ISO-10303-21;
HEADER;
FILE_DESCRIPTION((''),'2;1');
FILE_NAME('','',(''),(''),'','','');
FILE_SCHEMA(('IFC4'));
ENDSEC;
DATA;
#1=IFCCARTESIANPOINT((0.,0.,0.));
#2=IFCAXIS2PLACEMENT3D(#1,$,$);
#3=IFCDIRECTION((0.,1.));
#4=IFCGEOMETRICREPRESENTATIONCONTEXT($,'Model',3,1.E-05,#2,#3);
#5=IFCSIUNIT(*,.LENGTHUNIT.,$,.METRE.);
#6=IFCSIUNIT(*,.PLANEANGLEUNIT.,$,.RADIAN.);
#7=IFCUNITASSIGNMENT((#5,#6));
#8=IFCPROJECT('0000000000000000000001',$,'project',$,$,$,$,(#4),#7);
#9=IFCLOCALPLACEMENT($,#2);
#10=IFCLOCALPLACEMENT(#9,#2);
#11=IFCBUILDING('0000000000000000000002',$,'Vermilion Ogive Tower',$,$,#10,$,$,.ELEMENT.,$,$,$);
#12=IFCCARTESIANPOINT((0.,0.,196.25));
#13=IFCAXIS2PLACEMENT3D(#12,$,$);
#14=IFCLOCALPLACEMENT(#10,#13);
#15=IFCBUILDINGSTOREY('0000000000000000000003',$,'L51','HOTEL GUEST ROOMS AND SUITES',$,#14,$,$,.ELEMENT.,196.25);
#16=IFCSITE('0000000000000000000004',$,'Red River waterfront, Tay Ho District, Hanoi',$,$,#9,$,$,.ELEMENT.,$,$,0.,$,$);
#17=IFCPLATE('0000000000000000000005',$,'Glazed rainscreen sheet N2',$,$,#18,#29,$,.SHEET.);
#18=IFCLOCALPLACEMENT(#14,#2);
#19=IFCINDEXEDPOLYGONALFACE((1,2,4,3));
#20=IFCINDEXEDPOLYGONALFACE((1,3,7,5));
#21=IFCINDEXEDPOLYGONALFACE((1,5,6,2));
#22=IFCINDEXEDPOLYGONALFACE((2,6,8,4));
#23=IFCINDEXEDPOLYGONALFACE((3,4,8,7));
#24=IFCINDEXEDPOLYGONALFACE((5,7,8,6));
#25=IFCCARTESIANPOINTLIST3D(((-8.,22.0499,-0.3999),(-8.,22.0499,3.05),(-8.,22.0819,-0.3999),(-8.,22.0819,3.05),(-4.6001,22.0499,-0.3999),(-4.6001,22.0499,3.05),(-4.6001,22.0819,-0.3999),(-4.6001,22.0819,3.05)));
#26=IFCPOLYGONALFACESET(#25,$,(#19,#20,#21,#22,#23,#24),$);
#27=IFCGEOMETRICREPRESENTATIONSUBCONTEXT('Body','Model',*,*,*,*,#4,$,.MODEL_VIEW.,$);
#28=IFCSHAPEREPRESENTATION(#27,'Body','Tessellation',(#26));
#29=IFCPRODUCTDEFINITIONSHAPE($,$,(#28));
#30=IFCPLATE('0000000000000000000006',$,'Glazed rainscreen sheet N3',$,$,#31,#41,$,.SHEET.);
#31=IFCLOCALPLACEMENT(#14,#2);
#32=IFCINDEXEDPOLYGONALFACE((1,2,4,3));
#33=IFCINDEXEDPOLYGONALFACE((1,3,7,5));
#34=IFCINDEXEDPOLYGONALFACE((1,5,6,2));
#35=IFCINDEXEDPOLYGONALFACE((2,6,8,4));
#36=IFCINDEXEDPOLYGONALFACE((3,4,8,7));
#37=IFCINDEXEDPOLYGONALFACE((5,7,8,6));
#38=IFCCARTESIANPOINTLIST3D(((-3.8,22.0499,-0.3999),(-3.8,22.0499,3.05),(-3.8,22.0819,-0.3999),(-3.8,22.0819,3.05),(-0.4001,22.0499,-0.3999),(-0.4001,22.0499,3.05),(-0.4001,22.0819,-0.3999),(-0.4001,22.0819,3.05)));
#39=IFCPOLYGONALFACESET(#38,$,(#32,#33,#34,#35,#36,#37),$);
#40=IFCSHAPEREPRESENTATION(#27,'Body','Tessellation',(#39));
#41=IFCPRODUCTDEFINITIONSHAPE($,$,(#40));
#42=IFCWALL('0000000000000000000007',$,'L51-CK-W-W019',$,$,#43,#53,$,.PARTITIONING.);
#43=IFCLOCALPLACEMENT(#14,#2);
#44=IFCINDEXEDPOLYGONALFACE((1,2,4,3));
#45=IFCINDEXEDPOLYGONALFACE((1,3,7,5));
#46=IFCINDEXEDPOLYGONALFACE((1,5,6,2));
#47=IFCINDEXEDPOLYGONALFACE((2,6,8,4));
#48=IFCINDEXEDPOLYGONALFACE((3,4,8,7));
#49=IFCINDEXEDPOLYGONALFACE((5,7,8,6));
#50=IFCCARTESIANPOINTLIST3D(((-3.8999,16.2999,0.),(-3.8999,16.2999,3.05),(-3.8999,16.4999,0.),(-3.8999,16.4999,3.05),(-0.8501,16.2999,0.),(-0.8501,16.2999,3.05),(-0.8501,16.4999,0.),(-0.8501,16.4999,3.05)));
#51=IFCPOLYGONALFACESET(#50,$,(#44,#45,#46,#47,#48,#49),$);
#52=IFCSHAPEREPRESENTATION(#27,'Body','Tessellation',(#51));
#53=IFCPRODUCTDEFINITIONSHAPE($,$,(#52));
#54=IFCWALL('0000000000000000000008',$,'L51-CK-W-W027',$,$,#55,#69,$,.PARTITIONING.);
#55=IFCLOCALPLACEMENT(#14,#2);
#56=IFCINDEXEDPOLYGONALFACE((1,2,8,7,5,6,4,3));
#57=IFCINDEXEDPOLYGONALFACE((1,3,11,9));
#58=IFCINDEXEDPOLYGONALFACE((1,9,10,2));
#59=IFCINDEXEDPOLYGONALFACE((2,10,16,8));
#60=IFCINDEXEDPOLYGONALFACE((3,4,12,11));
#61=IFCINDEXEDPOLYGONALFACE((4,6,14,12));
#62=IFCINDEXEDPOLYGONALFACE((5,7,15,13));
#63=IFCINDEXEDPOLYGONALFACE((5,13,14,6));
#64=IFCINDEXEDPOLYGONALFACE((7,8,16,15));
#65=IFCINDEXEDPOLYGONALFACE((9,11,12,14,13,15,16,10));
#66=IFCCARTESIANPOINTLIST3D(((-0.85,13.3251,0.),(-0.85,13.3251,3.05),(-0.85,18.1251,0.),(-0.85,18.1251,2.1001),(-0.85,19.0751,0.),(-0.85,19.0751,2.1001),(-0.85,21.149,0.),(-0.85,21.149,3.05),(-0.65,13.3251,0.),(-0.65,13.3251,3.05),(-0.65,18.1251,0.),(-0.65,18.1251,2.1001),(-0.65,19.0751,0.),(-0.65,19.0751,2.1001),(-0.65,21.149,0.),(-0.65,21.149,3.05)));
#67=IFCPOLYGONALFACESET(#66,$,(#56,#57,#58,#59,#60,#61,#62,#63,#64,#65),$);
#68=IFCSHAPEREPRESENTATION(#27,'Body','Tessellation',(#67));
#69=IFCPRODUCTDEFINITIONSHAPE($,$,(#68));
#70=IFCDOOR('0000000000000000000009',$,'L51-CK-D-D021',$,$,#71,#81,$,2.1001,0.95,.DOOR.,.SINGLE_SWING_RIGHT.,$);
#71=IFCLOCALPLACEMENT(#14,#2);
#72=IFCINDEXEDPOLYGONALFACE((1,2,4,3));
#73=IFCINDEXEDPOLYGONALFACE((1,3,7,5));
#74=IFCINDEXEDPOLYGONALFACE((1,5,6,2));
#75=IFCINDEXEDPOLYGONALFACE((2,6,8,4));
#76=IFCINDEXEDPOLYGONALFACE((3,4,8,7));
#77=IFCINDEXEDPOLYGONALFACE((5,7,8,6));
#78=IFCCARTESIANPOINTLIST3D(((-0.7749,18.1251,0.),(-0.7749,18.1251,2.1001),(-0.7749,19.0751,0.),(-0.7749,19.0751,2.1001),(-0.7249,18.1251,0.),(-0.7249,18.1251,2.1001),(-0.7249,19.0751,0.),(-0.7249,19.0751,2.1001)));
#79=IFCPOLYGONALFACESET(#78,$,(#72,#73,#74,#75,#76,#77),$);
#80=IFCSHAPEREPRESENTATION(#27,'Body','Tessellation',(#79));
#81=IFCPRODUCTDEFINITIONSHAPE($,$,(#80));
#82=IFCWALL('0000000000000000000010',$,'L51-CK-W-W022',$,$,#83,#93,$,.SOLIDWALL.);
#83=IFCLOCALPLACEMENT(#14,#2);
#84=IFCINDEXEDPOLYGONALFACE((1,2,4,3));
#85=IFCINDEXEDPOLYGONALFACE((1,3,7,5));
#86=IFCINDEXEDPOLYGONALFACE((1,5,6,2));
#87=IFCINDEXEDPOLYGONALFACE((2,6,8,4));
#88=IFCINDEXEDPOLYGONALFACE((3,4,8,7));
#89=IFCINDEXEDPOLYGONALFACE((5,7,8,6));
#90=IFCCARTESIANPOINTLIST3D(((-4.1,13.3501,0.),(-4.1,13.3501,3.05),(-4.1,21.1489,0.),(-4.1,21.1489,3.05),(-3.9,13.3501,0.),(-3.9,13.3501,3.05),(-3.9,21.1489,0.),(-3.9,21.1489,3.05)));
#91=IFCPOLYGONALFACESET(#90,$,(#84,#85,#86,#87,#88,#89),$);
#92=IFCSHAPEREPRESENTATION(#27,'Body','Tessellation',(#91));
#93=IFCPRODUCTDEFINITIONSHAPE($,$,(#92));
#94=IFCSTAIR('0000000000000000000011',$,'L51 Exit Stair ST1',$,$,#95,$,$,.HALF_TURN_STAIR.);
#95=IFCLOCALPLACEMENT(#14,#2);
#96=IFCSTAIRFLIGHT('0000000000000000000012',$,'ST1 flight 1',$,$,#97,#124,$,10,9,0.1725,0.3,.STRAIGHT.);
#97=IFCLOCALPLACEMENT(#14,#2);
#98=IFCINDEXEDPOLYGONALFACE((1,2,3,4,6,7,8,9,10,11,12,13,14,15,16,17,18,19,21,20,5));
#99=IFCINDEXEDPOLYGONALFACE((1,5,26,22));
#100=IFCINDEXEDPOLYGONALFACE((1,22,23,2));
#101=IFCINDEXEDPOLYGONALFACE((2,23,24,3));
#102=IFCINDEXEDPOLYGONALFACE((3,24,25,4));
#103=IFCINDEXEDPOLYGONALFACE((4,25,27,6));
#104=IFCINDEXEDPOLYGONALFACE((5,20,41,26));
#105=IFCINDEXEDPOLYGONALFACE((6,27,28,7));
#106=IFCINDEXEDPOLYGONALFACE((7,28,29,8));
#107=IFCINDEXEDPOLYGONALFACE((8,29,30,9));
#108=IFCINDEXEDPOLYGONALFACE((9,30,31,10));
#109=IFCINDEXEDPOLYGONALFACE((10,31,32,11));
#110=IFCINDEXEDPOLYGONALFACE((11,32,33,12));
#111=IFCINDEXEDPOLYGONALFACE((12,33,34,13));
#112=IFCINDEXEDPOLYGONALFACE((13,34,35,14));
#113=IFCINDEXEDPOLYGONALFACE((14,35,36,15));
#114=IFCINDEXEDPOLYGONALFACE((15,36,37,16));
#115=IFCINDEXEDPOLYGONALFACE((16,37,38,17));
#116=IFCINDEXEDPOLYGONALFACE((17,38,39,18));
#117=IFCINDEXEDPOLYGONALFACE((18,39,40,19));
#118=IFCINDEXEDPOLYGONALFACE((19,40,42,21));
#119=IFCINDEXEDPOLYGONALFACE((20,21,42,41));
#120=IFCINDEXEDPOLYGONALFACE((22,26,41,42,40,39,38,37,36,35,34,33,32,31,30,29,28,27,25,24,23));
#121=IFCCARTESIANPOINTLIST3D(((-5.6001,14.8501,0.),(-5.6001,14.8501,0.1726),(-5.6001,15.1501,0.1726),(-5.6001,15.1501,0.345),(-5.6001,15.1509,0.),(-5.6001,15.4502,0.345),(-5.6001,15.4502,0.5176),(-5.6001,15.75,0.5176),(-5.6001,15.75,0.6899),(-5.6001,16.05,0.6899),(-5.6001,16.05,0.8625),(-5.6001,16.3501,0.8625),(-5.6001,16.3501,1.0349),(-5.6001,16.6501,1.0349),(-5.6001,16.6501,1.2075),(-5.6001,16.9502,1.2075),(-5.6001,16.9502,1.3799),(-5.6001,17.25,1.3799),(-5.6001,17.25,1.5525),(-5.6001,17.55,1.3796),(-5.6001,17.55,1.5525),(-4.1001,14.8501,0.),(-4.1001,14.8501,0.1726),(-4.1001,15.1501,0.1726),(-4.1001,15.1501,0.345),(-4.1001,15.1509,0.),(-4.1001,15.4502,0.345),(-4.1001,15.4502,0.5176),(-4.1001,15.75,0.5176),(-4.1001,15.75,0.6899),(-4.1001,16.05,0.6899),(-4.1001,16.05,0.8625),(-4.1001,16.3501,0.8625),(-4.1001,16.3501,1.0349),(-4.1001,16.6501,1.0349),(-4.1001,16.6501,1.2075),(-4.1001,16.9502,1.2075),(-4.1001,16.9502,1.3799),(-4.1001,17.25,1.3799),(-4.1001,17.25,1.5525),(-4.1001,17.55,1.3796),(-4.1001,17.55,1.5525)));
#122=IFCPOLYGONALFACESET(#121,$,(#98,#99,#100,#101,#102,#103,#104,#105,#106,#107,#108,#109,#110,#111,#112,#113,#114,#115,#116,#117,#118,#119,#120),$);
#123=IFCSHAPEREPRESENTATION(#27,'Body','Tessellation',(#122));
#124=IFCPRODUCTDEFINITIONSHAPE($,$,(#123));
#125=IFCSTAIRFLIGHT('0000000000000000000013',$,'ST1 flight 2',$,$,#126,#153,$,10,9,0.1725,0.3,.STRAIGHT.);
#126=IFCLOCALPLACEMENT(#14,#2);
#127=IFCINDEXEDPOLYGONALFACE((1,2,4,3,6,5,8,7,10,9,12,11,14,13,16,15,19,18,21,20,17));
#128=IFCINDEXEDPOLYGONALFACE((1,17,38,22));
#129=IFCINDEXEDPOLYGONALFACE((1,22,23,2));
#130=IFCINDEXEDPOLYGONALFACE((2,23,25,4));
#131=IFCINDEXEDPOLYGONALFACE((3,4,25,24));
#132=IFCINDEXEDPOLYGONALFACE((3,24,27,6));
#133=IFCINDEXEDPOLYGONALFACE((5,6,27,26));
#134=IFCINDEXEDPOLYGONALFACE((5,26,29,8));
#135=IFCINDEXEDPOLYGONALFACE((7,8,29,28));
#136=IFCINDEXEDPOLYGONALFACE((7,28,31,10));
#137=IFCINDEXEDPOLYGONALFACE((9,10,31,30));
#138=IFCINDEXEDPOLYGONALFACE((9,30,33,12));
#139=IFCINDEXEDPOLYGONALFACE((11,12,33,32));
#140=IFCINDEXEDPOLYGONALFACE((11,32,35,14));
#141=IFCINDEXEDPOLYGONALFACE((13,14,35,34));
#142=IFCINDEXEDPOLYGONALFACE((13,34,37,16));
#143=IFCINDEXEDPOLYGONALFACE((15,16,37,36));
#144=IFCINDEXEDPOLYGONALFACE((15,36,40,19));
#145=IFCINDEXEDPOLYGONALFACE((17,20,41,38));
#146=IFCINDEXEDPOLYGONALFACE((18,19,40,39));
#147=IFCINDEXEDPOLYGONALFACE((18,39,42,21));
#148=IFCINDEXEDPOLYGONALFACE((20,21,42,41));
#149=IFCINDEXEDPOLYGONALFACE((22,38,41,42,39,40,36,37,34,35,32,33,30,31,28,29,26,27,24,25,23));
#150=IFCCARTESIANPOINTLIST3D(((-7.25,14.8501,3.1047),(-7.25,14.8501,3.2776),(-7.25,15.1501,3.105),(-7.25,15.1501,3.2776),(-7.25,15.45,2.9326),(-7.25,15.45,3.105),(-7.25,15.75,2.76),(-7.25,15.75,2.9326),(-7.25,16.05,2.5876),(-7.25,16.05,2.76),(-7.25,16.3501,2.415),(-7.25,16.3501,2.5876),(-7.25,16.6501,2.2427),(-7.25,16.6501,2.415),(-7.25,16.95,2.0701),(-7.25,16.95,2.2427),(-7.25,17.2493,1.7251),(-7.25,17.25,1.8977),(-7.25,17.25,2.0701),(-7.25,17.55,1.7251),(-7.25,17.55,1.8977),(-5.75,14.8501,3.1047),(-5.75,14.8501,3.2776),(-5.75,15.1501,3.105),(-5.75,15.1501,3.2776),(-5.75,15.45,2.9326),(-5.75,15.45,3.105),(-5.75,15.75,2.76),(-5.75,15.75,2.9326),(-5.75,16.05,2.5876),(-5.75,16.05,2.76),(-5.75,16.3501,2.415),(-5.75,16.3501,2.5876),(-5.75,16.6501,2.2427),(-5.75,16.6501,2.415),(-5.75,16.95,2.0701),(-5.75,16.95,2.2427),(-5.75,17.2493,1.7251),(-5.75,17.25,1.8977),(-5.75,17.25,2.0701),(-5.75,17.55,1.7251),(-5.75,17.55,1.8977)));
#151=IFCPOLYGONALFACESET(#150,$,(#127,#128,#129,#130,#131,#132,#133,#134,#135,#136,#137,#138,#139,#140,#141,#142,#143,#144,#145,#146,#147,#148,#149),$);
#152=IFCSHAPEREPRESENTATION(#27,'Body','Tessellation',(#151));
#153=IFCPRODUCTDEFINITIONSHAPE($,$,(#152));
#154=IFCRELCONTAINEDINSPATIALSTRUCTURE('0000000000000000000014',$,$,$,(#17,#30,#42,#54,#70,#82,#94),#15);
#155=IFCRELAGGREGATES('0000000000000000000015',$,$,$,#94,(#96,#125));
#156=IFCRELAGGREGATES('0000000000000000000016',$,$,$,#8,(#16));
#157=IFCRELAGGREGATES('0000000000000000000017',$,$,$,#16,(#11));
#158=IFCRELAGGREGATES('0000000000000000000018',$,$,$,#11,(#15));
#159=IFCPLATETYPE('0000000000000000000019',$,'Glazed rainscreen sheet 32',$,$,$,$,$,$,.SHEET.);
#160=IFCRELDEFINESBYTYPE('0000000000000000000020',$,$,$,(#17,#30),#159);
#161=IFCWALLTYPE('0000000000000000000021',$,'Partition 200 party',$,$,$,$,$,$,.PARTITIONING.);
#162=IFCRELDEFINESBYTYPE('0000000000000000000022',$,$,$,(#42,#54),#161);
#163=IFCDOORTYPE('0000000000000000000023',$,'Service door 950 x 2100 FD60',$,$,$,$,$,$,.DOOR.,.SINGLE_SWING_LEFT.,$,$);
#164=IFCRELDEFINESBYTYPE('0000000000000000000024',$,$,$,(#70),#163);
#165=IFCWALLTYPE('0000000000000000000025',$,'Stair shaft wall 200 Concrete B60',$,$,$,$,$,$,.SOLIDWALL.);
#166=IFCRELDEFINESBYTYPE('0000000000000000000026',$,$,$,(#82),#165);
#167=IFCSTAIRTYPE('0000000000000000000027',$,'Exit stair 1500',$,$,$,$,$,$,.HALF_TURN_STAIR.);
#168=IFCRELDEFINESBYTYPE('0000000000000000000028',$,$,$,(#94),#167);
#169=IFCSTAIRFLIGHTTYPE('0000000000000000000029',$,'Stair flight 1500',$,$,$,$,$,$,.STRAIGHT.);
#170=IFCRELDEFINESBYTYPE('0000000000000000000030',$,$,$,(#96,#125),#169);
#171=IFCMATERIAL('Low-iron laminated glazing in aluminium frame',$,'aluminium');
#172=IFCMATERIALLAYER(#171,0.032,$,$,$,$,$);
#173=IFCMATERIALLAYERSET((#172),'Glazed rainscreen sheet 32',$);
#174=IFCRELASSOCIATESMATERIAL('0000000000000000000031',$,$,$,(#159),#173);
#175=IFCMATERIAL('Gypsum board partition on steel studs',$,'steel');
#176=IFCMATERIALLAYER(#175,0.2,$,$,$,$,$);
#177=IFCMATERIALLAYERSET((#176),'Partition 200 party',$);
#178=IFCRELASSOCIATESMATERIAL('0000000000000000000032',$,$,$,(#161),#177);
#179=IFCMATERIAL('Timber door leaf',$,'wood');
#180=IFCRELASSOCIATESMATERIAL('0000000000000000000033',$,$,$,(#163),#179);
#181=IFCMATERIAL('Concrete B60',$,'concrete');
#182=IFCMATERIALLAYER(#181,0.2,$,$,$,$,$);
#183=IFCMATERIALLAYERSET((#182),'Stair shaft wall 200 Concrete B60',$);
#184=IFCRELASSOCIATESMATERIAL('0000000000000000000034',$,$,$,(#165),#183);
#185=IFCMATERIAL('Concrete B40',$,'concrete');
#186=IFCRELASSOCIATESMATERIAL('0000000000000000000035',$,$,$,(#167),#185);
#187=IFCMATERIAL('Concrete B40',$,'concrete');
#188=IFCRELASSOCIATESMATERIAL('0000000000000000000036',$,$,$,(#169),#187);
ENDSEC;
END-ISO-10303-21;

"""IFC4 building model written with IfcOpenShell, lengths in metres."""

from ifc_helpers import new_model, si_unit, direction, frame, frame_2d, origin, origin_2d, place, context, subcontext, project, spatial, polyline, rectangle, outline, extrude, material, layer, layer_set, type_object, element, fill, aggregate, save


model = new_model("IFC4")

# Units and contexts
model_context = context("Model", 3, precision=1e-05, world=origin(), true_north=direction((0.0, 1.0)))
body_context = subcontext(model_context, "Body", "Model", "MODEL_VIEW")
ifc_project = project(units=[si_unit("LENGTHUNIT", "METRE"), si_unit("PLANEANGLEUNIT", "RADIAN")], contexts=[model_context])

# Site, building, storey
site_placement = place(None, origin())
site = spatial("IfcSite", under=ifc_project, at=site_placement, Name="Red River waterfront, Tay Ho District, Hanoi", CompositionType="ELEMENT", RefElevation=0.0)
building_placement = place(site_placement, origin())
building = spatial("IfcBuilding", under=site, at=building_placement, Name="Vermilion Ogive Tower", CompositionType="ELEMENT")
storey_placement = place(building_placement, frame((0.0, 0.0, 196.25)))
storey = spatial("IfcBuildingStorey", under=building, at=storey_placement, Name="L51", Description="HOTEL GUEST ROOMS AND SUITES", CompositionType="ELEMENT", Elevation=196.25)

# Plates
ifc_material_1 = material(Name="Low-iron laminated glazing in aluminium frame", Category="aluminium")
ifc_layer_1 = layer(ifc_material_1, 0.032)
ifc_layer_set_1 = layer_set([ifc_layer_1], Name="Glazed rainscreen sheet 32")
plate_type = type_object("IfcPlateType", Name="Glazed rainscreen sheet 32", PredefinedType="SHEET", material=ifc_layer_set_1)
for number, where, z_axis, x_axis, name in (
    (1, (-6.3, 22.0659, -0.3999), (0.0, 0.0, 1.0), (1.0, 0.0, 0.0), "Glazed rainscreen sheet N2"),
    (2, (-2.1001, 22.0659, -0.3999), (0.0, 0.0, 1.0), (1.0, 0.0, 0.0), "Glazed rainscreen sheet N3"),
):
    element("IfcPlate", number, at=place(storey_placement, frame(where, z_axis=z_axis, x_axis=x_axis)), inside=storey, type_object=plate_type, Name=name, PredefinedType="SHEET", context=body_context, shape_type="SweptSolid", body=[
        extrude(rectangle(XDim=3.3999, YDim=0.032, at=origin_2d()), origin(), (0.0, 0.0, 1.0), 3.45),
    ])

# Wall
ifc_material_2 = material(Name="Gypsum board partition on steel studs", Category="steel")
ifc_layer_2 = layer(ifc_material_2, 0.2)
ifc_layer_set_2 = layer_set([ifc_layer_2], Name="Partition 200 party")
wall_type_1 = type_object("IfcWallType", Name="Partition 200 party", PredefinedType="PARTITIONING", material=ifc_layer_set_2)
wall_1_placement = place(storey_placement, frame((-3.8999, 16.3999, 0.0), z_axis=(0.0, 0.0, 1.0), x_axis=(1.0, 0.0, 0.0)))
element("IfcWall", 3, at=wall_1_placement, inside=storey, type_object=wall_type_1, Name="L51-CK-W-W019", PredefinedType="PARTITIONING", context=body_context, shape_type="SweptSolid", body=[
    extrude(rectangle(XDim=3.0498, YDim=0.2, at=frame_2d((1.5249, 0.0))), origin(), (0.0, 0.0, 1.0), 3.05),
])

# Wall, opening, door
wall_2_placement = place(storey_placement, frame((-0.75, 13.325, 0.0), z_axis=(0.0, 0.0, 1.0), x_axis=(0.0, 1.0, 0.0)))
wall_2 = element("IfcWall", 4, at=wall_2_placement, inside=storey, type_object=wall_type_1, Name="L51-CK-W-W027", PredefinedType="PARTITIONING", context=body_context, shape_type="SweptSolid", body=[
    extrude(rectangle(XDim=7.824, YDim=0.2, at=frame_2d((3.9121, 0.0))), origin(), (0.0, 0.0, 1.0), 3.05),
])
opening_placement = place(wall_2_placement, frame((4.8, 0.0, 0.0)))
opening = element("IfcOpeningElement", 5, at=opening_placement, cuts=wall_2, PredefinedType="OPENING", context=body_context, shape_type="SweptSolid", body=[
    extrude(rectangle(XDim=0.95, YDim=2.1001, at=frame_2d((0.4751, 1.05))), frame((0.0, 0.1099, 0.0), z_axis=(0.0, -1.0, 0.0), x_axis=(1.0, 0.0, 0.0)), (0.0, 0.0, 1.0), 0.22),
])
ifc_material_3 = material(Name="Timber door leaf", Category="wood")
door_type = type_object("IfcDoorType", Name="Service door 950 x 2100 FD60", OperationType="SINGLE_SWING_LEFT", PredefinedType="DOOR", material=ifc_material_3)
door_placement = place(opening_placement, origin())
door = element("IfcDoor", 6, at=door_placement, inside=storey, type_object=door_type, Name="L51-CK-D-D021", OperationType="SINGLE_SWING_RIGHT", OverallHeight=2.1001, OverallWidth=0.95, PredefinedType="DOOR", context=body_context, shape_type="SweptSolid", body=[
    extrude(rectangle(XDim=0.95, YDim=2.1001, at=frame_2d((0.4751, 1.05))), frame((0.0, 0.0249, 0.0), z_axis=(0.0, -1.0, 0.0), x_axis=(1.0, 0.0, 0.0)), (0.0, 0.0, 1.0), 0.05),
])
fill(opening, door)

# Wall
ifc_material_4 = material(Name="Concrete B60", Category="concrete")
ifc_layer_3 = layer(ifc_material_4, 0.2)
ifc_layer_set_3 = layer_set([ifc_layer_3], Name="Stair shaft wall 200 Concrete B60")
wall_type_2 = type_object("IfcWallType", Name="Stair shaft wall 200 Concrete B60", PredefinedType="SOLIDWALL", material=ifc_layer_set_3)
wall_3_placement = place(storey_placement, frame((-4.0, 13.3501, 0.0), z_axis=(0.0, 0.0, 1.0), x_axis=(0.0, 1.0, 0.0)))
element("IfcWall", 7, at=wall_3_placement, inside=storey, type_object=wall_type_2, Name="L51-CK-W-W022", PredefinedType="SOLIDWALL", context=body_context, shape_type="SweptSolid", body=[
    extrude(rectangle(XDim=7.7988, YDim=0.2, at=frame_2d((3.8994, 0.0))), origin(), (0.0, 0.0, 1.0), 3.05),
])

# Stair, stair flights
ifc_material_5 = material(Name="Concrete B40", Category="concrete")
stair_type = type_object("IfcStairType", Name="Exit stair 1500", PredefinedType="HALF_TURN_STAIR", material=ifc_material_5)
stair_placement = place(storey_placement, origin())
stair = element("IfcStair", 8, at=stair_placement, inside=storey, type_object=stair_type, Name="L51 Exit Stair ST1", PredefinedType="HALF_TURN_STAIR")
ifc_material_6 = material(Name="Concrete B40", Category="concrete")
stair_flight_type = type_object("IfcStairFlightType", Name="Stair flight 1500", PredefinedType="STRAIGHT", material=ifc_material_6)
stair_flight_1_placement = place(storey_placement, frame((-4.8501, 14.8501, 0.0), z_axis=(0.0, 0.0, 1.0), x_axis=(0.0, 1.0, 0.0)))
stair_flight_1 = element("IfcStairFlight", 9, at=stair_flight_1_placement, type_object=stair_flight_type, Name="ST1 flight 1", NumberOfRisers=10, NumberOfTreads=9, PredefinedType="STRAIGHT", RiserHeight=0.1725, TreadLength=0.3, context=body_context, shape_type="SweptSolid", body=[
    extrude(outline(polyline([(0.0, 0.0), (0.0, 0.1726), (0.3, 0.1726), (0.3, 0.345), (0.6001, 0.345), (0.6001, 0.5176), (0.8999, 0.5176), (0.8999, 0.6899), (1.2, 0.6899), (1.2, 0.8625), (1.5, 0.8625), (1.5, 1.0349), (1.8, 1.0349), (1.8, 1.2075), (2.1001, 1.2075), (2.1001, 1.3799), (2.3999, 1.3799), (2.3999, 1.5525), (2.7, 1.5525), (2.7, 1.7251), (2.7, 1.3796), (0.3008, 0.0), (0.0, 0.0)])), frame((0.0, 0.75, 0.0), z_axis=(0.0, -1.0, 0.0), x_axis=(1.0, 0.0, 0.0)), (0.0, 0.0, 1.0), 1.5),
])
stair_flight_2_placement = place(storey_placement, frame((-6.5, 17.55, 1.7251), z_axis=(0.0, 0.0, 1.0), x_axis=(0.0, -1.0, 0.0)))
stair_flight_2 = element("IfcStairFlight", 10, at=stair_flight_2_placement, type_object=stair_flight_type, Name="ST1 flight 2", NumberOfRisers=10, NumberOfTreads=9, PredefinedType="STRAIGHT", RiserHeight=0.1725, TreadLength=0.3, context=body_context, shape_type="SweptSolid", body=[
    extrude(outline(polyline([(0.0, 0.0), (0.0, 0.1726), (0.3, 0.1726), (0.3, 0.345), (0.6001, 0.345), (0.6001, 0.5176), (0.8999, 0.5176), (0.8999, 0.6899), (1.2, 0.6899), (1.2, 0.8625), (1.5, 0.8625), (1.5, 1.0349), (1.8, 1.0349), (1.8, 1.2075), (2.1001, 1.2075), (2.1001, 1.3799), (2.3999, 1.3799), (2.3999, 1.5525), (2.7, 1.5525), (2.7, 1.7251), (2.7, 1.3796), (0.3008, 0.0), (0.0, 0.0)])), frame((0.0, 0.75, 0.0), z_axis=(0.0, -1.0, 0.0), x_axis=(1.0, 0.0, 0.0)), (0.0, 0.0, 1.0), 1.5),
])
aggregate(stair, [stair_flight_1, stair_flight_2])

save(model, "model.ifc")
